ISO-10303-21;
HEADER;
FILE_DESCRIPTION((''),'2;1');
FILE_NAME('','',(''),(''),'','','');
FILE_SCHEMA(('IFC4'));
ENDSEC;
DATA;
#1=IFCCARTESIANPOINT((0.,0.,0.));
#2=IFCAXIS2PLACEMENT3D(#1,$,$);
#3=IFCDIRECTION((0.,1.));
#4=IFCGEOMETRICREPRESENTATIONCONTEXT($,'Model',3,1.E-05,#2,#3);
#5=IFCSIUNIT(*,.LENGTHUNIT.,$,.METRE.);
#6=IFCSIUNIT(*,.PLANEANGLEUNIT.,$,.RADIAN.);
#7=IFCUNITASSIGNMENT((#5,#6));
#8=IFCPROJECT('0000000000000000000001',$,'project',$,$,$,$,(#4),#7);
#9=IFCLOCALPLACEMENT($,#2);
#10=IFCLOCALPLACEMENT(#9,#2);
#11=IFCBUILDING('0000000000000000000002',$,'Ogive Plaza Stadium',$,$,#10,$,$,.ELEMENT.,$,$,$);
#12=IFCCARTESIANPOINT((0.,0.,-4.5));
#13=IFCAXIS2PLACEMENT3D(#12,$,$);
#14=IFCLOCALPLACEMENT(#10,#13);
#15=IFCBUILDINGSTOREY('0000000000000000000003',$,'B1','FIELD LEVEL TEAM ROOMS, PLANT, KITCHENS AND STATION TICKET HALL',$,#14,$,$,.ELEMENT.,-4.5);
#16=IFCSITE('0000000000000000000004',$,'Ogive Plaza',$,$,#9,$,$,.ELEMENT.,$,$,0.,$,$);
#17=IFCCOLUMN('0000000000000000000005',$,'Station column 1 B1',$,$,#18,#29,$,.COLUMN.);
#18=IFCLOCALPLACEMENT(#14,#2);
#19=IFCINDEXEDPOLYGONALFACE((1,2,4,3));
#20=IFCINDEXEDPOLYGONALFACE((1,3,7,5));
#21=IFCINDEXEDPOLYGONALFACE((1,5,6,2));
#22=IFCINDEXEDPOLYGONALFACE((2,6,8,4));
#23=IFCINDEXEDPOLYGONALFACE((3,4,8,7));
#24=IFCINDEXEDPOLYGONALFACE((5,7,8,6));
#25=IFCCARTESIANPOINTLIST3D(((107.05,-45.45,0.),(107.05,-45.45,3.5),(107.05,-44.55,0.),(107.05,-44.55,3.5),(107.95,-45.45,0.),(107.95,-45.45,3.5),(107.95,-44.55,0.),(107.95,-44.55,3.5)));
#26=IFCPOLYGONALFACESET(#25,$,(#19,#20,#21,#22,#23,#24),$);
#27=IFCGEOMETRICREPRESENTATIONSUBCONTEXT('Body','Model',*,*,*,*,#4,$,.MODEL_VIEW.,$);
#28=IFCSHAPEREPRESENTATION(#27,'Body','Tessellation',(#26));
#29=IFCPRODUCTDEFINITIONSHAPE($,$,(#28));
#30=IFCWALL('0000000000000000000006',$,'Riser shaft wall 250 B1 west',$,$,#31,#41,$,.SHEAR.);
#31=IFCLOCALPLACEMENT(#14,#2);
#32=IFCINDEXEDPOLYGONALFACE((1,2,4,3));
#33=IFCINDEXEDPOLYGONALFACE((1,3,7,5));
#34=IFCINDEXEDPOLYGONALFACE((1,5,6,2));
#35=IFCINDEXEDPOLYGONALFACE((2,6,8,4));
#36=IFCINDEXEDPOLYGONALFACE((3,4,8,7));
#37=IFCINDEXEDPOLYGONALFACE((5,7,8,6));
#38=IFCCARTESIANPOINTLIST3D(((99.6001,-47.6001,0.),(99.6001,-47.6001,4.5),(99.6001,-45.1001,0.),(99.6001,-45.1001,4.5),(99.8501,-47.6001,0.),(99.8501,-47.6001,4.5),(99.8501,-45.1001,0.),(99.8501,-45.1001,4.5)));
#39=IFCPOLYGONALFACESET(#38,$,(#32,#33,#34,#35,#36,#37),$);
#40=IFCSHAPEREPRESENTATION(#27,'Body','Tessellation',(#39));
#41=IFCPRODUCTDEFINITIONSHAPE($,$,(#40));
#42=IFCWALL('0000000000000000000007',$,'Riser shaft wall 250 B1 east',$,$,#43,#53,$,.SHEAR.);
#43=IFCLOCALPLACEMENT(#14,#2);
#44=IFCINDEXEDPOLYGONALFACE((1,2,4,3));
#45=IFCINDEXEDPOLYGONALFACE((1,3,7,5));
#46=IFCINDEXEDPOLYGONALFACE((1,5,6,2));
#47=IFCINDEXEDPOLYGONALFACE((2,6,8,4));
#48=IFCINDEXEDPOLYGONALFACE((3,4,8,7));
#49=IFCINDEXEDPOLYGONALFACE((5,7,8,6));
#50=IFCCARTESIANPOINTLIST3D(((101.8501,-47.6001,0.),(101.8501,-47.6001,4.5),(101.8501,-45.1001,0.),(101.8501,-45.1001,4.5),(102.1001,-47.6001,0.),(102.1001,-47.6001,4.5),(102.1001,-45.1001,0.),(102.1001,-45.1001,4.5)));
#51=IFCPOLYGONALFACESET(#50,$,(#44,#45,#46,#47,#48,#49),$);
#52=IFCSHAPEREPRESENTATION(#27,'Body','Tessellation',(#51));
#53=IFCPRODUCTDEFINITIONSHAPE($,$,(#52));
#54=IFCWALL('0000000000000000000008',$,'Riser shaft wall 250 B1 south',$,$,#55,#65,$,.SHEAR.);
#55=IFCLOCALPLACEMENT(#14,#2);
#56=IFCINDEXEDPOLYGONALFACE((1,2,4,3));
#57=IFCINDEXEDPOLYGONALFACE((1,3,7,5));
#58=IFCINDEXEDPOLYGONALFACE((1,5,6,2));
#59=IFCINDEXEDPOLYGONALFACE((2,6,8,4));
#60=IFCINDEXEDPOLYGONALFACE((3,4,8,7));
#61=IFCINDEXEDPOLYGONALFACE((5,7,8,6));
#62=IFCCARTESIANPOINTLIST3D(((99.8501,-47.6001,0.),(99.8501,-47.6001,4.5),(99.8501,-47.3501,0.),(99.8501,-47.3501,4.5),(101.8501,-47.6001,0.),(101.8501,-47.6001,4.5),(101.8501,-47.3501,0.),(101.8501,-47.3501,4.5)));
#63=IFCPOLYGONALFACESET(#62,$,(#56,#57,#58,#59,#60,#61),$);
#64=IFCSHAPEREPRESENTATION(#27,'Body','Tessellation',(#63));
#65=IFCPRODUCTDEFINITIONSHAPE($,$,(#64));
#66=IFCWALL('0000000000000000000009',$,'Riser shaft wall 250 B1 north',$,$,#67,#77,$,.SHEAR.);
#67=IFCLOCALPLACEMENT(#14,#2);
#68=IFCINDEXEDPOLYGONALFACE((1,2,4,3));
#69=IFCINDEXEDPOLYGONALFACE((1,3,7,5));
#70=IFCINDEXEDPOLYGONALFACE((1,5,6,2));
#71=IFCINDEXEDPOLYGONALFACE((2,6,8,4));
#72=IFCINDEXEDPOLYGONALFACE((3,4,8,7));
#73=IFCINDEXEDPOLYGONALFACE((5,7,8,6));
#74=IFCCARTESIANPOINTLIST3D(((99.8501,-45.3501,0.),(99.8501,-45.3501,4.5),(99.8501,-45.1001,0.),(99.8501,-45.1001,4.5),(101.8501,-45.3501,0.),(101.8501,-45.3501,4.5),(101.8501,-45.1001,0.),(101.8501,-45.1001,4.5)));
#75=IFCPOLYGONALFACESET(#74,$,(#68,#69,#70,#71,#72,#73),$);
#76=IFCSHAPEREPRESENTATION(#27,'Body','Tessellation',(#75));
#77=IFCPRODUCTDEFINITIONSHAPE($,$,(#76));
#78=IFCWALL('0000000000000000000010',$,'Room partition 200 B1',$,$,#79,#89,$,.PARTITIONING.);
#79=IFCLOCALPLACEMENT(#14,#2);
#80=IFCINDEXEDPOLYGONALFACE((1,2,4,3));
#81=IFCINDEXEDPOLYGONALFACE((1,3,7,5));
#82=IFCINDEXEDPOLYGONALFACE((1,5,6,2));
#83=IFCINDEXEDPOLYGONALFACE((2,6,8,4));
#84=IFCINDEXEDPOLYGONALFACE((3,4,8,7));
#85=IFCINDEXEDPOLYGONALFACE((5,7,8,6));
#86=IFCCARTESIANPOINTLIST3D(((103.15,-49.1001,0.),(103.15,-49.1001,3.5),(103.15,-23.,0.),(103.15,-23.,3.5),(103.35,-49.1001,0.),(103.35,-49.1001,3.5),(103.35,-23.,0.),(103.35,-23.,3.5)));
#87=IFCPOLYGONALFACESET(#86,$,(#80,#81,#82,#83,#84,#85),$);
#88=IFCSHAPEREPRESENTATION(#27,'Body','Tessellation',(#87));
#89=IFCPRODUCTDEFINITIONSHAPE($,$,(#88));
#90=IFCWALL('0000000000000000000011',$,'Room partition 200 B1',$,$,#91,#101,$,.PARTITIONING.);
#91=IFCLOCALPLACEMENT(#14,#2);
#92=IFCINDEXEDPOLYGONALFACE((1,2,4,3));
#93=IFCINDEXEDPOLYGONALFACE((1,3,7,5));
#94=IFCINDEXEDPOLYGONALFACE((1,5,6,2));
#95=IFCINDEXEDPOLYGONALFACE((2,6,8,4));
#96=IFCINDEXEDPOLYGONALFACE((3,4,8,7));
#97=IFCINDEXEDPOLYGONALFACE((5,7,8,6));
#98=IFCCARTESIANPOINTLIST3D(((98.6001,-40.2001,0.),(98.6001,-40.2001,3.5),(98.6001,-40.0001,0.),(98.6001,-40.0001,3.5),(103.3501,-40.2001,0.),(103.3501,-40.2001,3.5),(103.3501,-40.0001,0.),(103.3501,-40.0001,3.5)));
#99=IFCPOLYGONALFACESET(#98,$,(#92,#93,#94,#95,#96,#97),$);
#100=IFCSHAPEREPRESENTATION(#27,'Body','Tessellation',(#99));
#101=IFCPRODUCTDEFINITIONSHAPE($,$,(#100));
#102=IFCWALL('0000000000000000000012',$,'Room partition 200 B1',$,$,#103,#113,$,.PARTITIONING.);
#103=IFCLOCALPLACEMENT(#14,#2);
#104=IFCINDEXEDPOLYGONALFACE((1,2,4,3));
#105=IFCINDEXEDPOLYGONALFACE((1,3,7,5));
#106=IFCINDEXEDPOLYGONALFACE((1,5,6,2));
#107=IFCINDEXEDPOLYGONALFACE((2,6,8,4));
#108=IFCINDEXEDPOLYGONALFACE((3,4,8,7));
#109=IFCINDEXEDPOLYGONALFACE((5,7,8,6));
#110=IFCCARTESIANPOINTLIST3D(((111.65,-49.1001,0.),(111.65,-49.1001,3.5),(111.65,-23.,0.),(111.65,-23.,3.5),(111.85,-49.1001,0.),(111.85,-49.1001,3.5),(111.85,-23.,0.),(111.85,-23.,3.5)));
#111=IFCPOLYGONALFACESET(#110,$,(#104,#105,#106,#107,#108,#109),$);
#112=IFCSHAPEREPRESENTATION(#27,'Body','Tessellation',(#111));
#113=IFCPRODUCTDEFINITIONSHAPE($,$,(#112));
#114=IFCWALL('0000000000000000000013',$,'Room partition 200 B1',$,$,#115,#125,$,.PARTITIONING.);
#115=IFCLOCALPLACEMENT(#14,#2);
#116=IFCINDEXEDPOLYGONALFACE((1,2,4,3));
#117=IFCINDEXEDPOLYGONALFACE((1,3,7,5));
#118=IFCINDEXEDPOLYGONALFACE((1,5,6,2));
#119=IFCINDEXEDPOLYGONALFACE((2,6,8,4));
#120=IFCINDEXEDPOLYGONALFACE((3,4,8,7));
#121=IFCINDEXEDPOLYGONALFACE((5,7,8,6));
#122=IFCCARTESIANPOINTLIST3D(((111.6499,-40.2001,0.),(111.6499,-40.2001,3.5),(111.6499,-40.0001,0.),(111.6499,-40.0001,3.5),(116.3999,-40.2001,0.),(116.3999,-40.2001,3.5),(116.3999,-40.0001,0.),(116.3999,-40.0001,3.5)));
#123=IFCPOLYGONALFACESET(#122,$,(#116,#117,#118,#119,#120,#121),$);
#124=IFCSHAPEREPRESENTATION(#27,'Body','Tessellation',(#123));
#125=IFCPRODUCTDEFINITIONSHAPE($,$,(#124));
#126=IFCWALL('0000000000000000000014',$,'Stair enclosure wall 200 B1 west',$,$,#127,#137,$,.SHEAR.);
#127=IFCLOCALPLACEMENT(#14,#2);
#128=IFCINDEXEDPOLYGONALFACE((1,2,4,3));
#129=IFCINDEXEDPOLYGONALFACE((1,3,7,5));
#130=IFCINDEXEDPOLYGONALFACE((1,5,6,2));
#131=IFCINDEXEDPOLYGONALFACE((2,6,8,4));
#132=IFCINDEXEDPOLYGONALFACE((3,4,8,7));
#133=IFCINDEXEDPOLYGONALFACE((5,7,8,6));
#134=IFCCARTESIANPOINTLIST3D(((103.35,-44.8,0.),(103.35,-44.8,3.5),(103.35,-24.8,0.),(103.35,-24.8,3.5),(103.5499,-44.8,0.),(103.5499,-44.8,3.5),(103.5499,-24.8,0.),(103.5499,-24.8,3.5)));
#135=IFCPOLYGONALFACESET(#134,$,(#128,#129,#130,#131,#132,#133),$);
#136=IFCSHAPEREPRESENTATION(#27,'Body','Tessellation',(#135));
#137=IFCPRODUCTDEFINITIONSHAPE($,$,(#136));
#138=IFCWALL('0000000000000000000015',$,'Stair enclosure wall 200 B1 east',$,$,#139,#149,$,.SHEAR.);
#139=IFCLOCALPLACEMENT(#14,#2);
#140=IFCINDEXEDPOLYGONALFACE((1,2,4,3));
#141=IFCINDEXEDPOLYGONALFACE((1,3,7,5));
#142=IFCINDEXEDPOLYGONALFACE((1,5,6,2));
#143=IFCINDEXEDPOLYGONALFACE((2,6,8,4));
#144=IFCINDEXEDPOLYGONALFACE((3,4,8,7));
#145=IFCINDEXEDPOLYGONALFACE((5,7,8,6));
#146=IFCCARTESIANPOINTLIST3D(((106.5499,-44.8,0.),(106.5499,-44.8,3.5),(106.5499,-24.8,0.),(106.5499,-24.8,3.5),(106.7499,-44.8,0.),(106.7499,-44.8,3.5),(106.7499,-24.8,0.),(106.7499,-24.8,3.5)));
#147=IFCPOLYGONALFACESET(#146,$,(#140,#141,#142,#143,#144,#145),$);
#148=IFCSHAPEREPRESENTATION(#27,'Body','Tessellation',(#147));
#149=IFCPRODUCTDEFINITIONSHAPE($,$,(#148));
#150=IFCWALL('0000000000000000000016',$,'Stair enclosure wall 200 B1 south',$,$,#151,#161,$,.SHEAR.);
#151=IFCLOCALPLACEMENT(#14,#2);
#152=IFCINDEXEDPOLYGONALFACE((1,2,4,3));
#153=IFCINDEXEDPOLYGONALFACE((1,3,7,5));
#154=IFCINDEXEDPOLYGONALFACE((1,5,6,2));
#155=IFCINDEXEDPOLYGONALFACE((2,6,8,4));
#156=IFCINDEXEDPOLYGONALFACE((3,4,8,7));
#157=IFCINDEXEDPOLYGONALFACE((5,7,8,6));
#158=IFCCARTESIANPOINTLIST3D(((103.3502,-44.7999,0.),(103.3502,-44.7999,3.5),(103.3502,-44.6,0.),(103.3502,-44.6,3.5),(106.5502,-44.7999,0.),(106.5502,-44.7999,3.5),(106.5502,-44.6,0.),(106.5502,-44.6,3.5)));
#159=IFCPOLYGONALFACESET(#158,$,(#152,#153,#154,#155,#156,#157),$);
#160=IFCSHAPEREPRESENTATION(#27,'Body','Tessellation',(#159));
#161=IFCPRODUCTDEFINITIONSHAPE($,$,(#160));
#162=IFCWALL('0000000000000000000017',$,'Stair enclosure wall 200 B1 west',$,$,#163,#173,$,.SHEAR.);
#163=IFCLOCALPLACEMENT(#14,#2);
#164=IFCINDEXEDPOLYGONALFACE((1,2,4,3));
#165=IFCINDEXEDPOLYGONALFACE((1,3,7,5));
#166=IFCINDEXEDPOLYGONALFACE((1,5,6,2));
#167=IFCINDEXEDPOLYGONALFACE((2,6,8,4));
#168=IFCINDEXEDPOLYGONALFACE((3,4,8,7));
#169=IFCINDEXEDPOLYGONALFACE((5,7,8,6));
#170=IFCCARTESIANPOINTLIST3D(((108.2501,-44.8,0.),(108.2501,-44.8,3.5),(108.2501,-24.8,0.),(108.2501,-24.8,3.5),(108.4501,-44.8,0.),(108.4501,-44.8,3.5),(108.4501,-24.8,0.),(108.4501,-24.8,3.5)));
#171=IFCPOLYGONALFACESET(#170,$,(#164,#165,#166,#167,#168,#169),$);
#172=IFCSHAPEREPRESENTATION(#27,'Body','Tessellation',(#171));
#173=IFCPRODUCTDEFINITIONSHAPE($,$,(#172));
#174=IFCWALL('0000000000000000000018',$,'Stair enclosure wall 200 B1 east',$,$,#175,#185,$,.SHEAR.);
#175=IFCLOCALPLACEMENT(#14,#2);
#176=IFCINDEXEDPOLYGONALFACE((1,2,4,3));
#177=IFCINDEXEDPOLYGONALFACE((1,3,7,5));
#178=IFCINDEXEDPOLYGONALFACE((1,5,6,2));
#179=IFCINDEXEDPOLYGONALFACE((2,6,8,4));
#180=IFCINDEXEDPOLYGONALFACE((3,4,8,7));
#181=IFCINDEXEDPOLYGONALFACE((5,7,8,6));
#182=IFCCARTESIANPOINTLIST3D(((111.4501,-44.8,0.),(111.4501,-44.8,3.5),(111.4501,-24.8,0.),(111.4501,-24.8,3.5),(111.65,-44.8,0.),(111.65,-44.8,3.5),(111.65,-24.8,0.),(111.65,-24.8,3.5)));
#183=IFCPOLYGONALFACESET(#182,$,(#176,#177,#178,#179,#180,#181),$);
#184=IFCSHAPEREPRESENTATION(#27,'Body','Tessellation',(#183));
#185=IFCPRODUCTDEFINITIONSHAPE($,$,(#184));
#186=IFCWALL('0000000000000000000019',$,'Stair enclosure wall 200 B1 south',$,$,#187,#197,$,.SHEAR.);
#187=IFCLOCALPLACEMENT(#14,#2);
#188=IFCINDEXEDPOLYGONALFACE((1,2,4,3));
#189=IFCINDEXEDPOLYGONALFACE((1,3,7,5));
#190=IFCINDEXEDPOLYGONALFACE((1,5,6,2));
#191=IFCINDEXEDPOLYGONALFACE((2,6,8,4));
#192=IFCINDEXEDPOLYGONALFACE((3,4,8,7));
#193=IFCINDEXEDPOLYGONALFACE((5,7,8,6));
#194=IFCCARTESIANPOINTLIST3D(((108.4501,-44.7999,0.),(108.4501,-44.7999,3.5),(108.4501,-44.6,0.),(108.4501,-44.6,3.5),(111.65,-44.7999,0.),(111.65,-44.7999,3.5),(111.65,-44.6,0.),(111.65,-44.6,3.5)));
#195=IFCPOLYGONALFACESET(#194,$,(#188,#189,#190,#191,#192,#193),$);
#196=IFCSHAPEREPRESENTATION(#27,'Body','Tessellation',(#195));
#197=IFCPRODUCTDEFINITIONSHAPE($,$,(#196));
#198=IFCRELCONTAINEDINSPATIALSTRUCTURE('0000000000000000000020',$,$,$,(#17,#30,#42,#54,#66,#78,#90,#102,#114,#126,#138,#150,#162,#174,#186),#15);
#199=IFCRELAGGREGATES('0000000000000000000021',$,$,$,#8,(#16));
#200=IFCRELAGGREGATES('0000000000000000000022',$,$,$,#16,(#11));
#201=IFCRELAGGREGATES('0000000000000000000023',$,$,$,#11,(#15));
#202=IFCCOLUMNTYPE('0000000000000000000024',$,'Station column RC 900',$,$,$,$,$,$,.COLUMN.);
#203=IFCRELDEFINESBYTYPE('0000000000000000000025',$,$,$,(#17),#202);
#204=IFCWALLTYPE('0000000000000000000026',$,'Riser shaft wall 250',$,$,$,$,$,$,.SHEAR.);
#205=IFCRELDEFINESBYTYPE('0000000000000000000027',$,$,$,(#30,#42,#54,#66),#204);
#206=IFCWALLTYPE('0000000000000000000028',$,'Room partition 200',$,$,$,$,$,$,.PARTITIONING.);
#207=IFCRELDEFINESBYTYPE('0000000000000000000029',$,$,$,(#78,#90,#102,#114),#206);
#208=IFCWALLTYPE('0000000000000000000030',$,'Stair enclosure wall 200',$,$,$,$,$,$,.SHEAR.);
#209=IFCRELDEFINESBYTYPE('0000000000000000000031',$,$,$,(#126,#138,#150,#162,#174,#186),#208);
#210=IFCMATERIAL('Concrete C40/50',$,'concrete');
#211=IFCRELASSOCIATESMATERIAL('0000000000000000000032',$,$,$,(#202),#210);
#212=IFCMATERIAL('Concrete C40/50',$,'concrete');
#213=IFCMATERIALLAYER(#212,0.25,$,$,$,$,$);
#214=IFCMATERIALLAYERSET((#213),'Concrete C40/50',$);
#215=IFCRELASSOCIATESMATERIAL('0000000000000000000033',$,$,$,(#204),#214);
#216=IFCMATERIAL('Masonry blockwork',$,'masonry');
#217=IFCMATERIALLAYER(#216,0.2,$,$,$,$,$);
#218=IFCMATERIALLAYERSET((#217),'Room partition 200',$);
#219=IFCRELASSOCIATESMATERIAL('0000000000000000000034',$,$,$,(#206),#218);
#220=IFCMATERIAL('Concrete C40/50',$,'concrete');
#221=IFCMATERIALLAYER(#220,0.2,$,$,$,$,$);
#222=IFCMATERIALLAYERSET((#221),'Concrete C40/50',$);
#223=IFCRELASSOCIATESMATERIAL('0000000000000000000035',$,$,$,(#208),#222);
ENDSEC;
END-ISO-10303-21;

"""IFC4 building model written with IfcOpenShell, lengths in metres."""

from ifc_helpers import new_model, si_unit, direction, frame, frame_2d, origin, origin_2d, place, context, subcontext, project, spatial, rectangle, extrude, material, layer, layer_set, material_profile, profile_set, type_object, element, save


model = new_model("IFC4")

# Units and contexts
model_context = context("Model", 3, precision=1e-05, world=origin(), true_north=direction((0.0, 1.0)))
body_context = subcontext(model_context, "Body", "Model", "MODEL_VIEW")
ifc_project = project(units=[si_unit("LENGTHUNIT", "METRE"), si_unit("PLANEANGLEUNIT", "RADIAN")], contexts=[model_context])

# Site, building, storey
site_placement = place(None, origin())
site = spatial("IfcSite", under=ifc_project, at=site_placement, Name="Ogive Plaza", CompositionType="ELEMENT", RefElevation=0.0)
building_placement = place(site_placement, origin())
building = spatial("IfcBuilding", under=site, at=building_placement, Name="Ogive Plaza Stadium", CompositionType="ELEMENT")
storey_placement = place(building_placement, frame((0.0, 0.0, -4.5)))
storey = spatial("IfcBuildingStorey", under=building, at=storey_placement, Name="B1", Description="FIELD LEVEL TEAM ROOMS, PLANT, KITCHENS AND STATION TICKET HALL", CompositionType="ELEMENT", Elevation=-4.5)

# Column
ifc_material_1 = material(Name="Concrete C40/50", Category="concrete")
ifc_material_profile = material_profile(ifc_material_1, rectangle(XDim=0.8999, YDim=0.8999, at=origin_2d()), Name="Station column RC 900")
ifc_profile_set = profile_set([ifc_material_profile], Name="Concrete C40/50")
column_type = type_object("IfcColumnType", Name="Station column RC 900", PredefinedType="COLUMN", material=ifc_profile_set)
column_placement = place(storey_placement, frame((107.5, -45.0, 0.0), z_axis=(0.0, 0.0, 1.0), x_axis=(1.0, 0.0, 0.0)))
element("IfcColumn", 1, at=column_placement, inside=storey, type_object=column_type, Name="Station column 1 B1", PredefinedType="COLUMN", context=body_context, shape_type="SweptSolid", body=[
    extrude(rectangle(XDim=0.8999, YDim=0.8999, at=origin_2d()), origin(), (0.0, 0.0, 1.0), 3.5),
])

# Walls
ifc_material_2 = material(Name="Concrete C40/50", Category="concrete")
ifc_layer_1 = layer(ifc_material_2, 0.25)
ifc_layer_set_1 = layer_set([ifc_layer_1], Name="Concrete C40/50")
wall_type_1 = type_object("IfcWallType", Name="Riser shaft wall 250", PredefinedType="SHEAR", material=ifc_layer_set_1)
for number, where, z_axis, x_axis, name in (
    (2, (99.7251, -47.6001, 0.0), (0.0, 0.0, 1.0), (0.0, 1.0, 0.0), "Riser shaft wall 250 B1 west"),
    (3, (101.9751, -47.6001, 0.0), (0.0, 0.0, 1.0), (0.0, 1.0, 0.0), "Riser shaft wall 250 B1 east"),
):
    element("IfcWall", number, at=place(storey_placement, frame(where, z_axis=z_axis, x_axis=x_axis)), inside=storey, type_object=wall_type_1, Name=name, PredefinedType="SHEAR", context=body_context, shape_type="SweptSolid", body=[
        extrude(rectangle(XDim=2.5, YDim=0.25, at=frame_2d((1.25, 0.0))), origin(), (0.0, 0.0, 1.0), 4.5),
    ])
for number, where, z_axis, x_axis, name in (
    (4, (99.8501, -47.4751, 0.0), (0.0, 0.0, 1.0), (1.0, 0.0, 0.0), "Riser shaft wall 250 B1 south"),
    (5, (99.8501, -45.2251, 0.0), (0.0, 0.0, 1.0), (1.0, 0.0, 0.0), "Riser shaft wall 250 B1 north"),
):
    element("IfcWall", number, at=place(storey_placement, frame(where, z_axis=z_axis, x_axis=x_axis)), inside=storey, type_object=wall_type_1, Name=name, PredefinedType="SHEAR", context=body_context, shape_type="SweptSolid", body=[
        extrude(rectangle(XDim=2.0, YDim=0.25, at=frame_2d((1.0, 0.0))), origin(), (0.0, 0.0, 1.0), 4.5),
    ])

# Shared definitions
ifc_material_3 = material(Name="Masonry blockwork", Category="masonry")
ifc_layer_2 = layer(ifc_material_3, 0.2)
ifc_layer_set_2 = layer_set([ifc_layer_2], Name="Room partition 200")
wall_type_2 = type_object("IfcWallType", Name="Room partition 200", PredefinedType="PARTITIONING", material=ifc_layer_set_2)

# Walls
wall_1_placement = place(storey_placement, frame((103.25, -49.1001, 0.0), z_axis=(0.0, 0.0, 1.0), x_axis=(0.0, 1.0, 0.0)))
element("IfcWall", 6, at=wall_1_placement, inside=storey, type_object=wall_type_2, Name="Room partition 200 B1", PredefinedType="PARTITIONING", context=body_context, shape_type="SweptSolid", body=[
    extrude(rectangle(XDim=26.1001, YDim=0.2, at=frame_2d((13.05, 0.0))), origin(), (0.0, 0.0, 1.0), 3.5),
])
wall_2_placement = place(storey_placement, frame((98.6001, -40.1001, 0.0), z_axis=(0.0, 0.0, 1.0), x_axis=(1.0, 0.0, 0.0)))
element("IfcWall", 7, at=wall_2_placement, inside=storey, type_object=wall_type_2, Name="Room partition 200 B1", PredefinedType="PARTITIONING", context=body_context, shape_type="SweptSolid", body=[
    extrude(rectangle(XDim=4.75, YDim=0.2, at=frame_2d((2.375, 0.0))), origin(), (0.0, 0.0, 1.0), 3.5),
])

# Walls
wall_3_placement = place(storey_placement, frame((111.75, -49.1001, 0.0), z_axis=(0.0, 0.0, 1.0), x_axis=(0.0, 1.0, 0.0)))
element("IfcWall", 8, at=wall_3_placement, inside=storey, type_object=wall_type_2, Name="Room partition 200 B1", PredefinedType="PARTITIONING", context=body_context, shape_type="SweptSolid", body=[
    extrude(rectangle(XDim=26.1001, YDim=0.2, at=frame_2d((13.05, 0.0))), origin(), (0.0, 0.0, 1.0), 3.5),
])
wall_4_placement = place(storey_placement, frame((111.6499, -40.1001, 0.0), z_axis=(0.0, 0.0, 1.0), x_axis=(1.0, 0.0, 0.0)))
element("IfcWall", 9, at=wall_4_placement, inside=storey, type_object=wall_type_2, Name="Room partition 200 B1", PredefinedType="PARTITIONING", context=body_context, shape_type="SweptSolid", body=[
    extrude(rectangle(XDim=4.75, YDim=0.2, at=frame_2d((2.375, 0.0))), origin(), (0.0, 0.0, 1.0), 3.5),
])
ifc_material_4 = material(Name="Concrete C40/50", Category="concrete")
ifc_layer_3 = layer(ifc_material_4, 0.2)
ifc_layer_set_3 = layer_set([ifc_layer_3], Name="Concrete C40/50")
wall_type_3 = type_object("IfcWallType", Name="Stair enclosure wall 200", PredefinedType="SHEAR", material=ifc_layer_set_3)
for number, where, z_axis, x_axis, name in (
    (10, (103.45, -44.8, 0.0), (0.0, 0.0, 1.0), (0.0, 1.0, 0.0), "Stair enclosure wall 200 B1 west"),
    (11, (106.6499, -44.8, 0.0), (0.0, 0.0, 1.0), (0.0, 1.0, 0.0), "Stair enclosure wall 200 B1 east"),
):
    element("IfcWall", number, at=place(storey_placement, frame(where, z_axis=z_axis, x_axis=x_axis)), inside=storey, type_object=wall_type_3, Name=name, PredefinedType="SHEAR", context=body_context, shape_type="SweptSolid", body=[
        extrude(rectangle(XDim=20.0, YDim=0.2, at=frame_2d((10.0, 0.0))), origin(), (0.0, 0.0, 1.0), 3.5),
    ])
wall_5_placement = place(storey_placement, frame((103.3501, -44.7, 0.0), z_axis=(0.0, 0.0, 1.0), x_axis=(1.0, 0.0, 0.0)))
element("IfcWall", 12, at=wall_5_placement, inside=storey, type_object=wall_type_3, Name="Stair enclosure wall 200 B1 south", PredefinedType="SHEAR", context=body_context, shape_type="SweptSolid", body=[
    extrude(rectangle(XDim=3.2, YDim=0.2, at=frame_2d((1.6001, 0.0))), origin(), (0.0, 0.0, 1.0), 3.5),
])
for number, where, z_axis, x_axis, name in (
    (13, (108.3501, -44.8, 0.0), (0.0, 0.0, 1.0), (0.0, 1.0, 0.0), "Stair enclosure wall 200 B1 west"),
    (14, (111.55, -44.8, 0.0), (0.0, 0.0, 1.0), (0.0, 1.0, 0.0), "Stair enclosure wall 200 B1 east"),
):
    element("IfcWall", number, at=place(storey_placement, frame(where, z_axis=z_axis, x_axis=x_axis)), inside=storey, type_object=wall_type_3, Name=name, PredefinedType="SHEAR", context=body_context, shape_type="SweptSolid", body=[
        extrude(rectangle(XDim=20.0, YDim=0.2, at=frame_2d((10.0, 0.0))), origin(), (0.0, 0.0, 1.0), 3.5),
    ])
wall_6_placement = place(storey_placement, frame((108.45, -44.7, 0.0), z_axis=(0.0, 0.0, 1.0), x_axis=(1.0, 0.0, 0.0)))
element("IfcWall", 15, at=wall_6_placement, inside=storey, type_object=wall_type_3, Name="Stair enclosure wall 200 B1 south", PredefinedType="SHEAR", context=body_context, shape_type="SweptSolid", body=[
    extrude(rectangle(XDim=3.2, YDim=0.2, at=frame_2d((1.6001, 0.0))), origin(), (0.0, 0.0, 1.0), 3.5),
])

save(model, "model.ifc")
